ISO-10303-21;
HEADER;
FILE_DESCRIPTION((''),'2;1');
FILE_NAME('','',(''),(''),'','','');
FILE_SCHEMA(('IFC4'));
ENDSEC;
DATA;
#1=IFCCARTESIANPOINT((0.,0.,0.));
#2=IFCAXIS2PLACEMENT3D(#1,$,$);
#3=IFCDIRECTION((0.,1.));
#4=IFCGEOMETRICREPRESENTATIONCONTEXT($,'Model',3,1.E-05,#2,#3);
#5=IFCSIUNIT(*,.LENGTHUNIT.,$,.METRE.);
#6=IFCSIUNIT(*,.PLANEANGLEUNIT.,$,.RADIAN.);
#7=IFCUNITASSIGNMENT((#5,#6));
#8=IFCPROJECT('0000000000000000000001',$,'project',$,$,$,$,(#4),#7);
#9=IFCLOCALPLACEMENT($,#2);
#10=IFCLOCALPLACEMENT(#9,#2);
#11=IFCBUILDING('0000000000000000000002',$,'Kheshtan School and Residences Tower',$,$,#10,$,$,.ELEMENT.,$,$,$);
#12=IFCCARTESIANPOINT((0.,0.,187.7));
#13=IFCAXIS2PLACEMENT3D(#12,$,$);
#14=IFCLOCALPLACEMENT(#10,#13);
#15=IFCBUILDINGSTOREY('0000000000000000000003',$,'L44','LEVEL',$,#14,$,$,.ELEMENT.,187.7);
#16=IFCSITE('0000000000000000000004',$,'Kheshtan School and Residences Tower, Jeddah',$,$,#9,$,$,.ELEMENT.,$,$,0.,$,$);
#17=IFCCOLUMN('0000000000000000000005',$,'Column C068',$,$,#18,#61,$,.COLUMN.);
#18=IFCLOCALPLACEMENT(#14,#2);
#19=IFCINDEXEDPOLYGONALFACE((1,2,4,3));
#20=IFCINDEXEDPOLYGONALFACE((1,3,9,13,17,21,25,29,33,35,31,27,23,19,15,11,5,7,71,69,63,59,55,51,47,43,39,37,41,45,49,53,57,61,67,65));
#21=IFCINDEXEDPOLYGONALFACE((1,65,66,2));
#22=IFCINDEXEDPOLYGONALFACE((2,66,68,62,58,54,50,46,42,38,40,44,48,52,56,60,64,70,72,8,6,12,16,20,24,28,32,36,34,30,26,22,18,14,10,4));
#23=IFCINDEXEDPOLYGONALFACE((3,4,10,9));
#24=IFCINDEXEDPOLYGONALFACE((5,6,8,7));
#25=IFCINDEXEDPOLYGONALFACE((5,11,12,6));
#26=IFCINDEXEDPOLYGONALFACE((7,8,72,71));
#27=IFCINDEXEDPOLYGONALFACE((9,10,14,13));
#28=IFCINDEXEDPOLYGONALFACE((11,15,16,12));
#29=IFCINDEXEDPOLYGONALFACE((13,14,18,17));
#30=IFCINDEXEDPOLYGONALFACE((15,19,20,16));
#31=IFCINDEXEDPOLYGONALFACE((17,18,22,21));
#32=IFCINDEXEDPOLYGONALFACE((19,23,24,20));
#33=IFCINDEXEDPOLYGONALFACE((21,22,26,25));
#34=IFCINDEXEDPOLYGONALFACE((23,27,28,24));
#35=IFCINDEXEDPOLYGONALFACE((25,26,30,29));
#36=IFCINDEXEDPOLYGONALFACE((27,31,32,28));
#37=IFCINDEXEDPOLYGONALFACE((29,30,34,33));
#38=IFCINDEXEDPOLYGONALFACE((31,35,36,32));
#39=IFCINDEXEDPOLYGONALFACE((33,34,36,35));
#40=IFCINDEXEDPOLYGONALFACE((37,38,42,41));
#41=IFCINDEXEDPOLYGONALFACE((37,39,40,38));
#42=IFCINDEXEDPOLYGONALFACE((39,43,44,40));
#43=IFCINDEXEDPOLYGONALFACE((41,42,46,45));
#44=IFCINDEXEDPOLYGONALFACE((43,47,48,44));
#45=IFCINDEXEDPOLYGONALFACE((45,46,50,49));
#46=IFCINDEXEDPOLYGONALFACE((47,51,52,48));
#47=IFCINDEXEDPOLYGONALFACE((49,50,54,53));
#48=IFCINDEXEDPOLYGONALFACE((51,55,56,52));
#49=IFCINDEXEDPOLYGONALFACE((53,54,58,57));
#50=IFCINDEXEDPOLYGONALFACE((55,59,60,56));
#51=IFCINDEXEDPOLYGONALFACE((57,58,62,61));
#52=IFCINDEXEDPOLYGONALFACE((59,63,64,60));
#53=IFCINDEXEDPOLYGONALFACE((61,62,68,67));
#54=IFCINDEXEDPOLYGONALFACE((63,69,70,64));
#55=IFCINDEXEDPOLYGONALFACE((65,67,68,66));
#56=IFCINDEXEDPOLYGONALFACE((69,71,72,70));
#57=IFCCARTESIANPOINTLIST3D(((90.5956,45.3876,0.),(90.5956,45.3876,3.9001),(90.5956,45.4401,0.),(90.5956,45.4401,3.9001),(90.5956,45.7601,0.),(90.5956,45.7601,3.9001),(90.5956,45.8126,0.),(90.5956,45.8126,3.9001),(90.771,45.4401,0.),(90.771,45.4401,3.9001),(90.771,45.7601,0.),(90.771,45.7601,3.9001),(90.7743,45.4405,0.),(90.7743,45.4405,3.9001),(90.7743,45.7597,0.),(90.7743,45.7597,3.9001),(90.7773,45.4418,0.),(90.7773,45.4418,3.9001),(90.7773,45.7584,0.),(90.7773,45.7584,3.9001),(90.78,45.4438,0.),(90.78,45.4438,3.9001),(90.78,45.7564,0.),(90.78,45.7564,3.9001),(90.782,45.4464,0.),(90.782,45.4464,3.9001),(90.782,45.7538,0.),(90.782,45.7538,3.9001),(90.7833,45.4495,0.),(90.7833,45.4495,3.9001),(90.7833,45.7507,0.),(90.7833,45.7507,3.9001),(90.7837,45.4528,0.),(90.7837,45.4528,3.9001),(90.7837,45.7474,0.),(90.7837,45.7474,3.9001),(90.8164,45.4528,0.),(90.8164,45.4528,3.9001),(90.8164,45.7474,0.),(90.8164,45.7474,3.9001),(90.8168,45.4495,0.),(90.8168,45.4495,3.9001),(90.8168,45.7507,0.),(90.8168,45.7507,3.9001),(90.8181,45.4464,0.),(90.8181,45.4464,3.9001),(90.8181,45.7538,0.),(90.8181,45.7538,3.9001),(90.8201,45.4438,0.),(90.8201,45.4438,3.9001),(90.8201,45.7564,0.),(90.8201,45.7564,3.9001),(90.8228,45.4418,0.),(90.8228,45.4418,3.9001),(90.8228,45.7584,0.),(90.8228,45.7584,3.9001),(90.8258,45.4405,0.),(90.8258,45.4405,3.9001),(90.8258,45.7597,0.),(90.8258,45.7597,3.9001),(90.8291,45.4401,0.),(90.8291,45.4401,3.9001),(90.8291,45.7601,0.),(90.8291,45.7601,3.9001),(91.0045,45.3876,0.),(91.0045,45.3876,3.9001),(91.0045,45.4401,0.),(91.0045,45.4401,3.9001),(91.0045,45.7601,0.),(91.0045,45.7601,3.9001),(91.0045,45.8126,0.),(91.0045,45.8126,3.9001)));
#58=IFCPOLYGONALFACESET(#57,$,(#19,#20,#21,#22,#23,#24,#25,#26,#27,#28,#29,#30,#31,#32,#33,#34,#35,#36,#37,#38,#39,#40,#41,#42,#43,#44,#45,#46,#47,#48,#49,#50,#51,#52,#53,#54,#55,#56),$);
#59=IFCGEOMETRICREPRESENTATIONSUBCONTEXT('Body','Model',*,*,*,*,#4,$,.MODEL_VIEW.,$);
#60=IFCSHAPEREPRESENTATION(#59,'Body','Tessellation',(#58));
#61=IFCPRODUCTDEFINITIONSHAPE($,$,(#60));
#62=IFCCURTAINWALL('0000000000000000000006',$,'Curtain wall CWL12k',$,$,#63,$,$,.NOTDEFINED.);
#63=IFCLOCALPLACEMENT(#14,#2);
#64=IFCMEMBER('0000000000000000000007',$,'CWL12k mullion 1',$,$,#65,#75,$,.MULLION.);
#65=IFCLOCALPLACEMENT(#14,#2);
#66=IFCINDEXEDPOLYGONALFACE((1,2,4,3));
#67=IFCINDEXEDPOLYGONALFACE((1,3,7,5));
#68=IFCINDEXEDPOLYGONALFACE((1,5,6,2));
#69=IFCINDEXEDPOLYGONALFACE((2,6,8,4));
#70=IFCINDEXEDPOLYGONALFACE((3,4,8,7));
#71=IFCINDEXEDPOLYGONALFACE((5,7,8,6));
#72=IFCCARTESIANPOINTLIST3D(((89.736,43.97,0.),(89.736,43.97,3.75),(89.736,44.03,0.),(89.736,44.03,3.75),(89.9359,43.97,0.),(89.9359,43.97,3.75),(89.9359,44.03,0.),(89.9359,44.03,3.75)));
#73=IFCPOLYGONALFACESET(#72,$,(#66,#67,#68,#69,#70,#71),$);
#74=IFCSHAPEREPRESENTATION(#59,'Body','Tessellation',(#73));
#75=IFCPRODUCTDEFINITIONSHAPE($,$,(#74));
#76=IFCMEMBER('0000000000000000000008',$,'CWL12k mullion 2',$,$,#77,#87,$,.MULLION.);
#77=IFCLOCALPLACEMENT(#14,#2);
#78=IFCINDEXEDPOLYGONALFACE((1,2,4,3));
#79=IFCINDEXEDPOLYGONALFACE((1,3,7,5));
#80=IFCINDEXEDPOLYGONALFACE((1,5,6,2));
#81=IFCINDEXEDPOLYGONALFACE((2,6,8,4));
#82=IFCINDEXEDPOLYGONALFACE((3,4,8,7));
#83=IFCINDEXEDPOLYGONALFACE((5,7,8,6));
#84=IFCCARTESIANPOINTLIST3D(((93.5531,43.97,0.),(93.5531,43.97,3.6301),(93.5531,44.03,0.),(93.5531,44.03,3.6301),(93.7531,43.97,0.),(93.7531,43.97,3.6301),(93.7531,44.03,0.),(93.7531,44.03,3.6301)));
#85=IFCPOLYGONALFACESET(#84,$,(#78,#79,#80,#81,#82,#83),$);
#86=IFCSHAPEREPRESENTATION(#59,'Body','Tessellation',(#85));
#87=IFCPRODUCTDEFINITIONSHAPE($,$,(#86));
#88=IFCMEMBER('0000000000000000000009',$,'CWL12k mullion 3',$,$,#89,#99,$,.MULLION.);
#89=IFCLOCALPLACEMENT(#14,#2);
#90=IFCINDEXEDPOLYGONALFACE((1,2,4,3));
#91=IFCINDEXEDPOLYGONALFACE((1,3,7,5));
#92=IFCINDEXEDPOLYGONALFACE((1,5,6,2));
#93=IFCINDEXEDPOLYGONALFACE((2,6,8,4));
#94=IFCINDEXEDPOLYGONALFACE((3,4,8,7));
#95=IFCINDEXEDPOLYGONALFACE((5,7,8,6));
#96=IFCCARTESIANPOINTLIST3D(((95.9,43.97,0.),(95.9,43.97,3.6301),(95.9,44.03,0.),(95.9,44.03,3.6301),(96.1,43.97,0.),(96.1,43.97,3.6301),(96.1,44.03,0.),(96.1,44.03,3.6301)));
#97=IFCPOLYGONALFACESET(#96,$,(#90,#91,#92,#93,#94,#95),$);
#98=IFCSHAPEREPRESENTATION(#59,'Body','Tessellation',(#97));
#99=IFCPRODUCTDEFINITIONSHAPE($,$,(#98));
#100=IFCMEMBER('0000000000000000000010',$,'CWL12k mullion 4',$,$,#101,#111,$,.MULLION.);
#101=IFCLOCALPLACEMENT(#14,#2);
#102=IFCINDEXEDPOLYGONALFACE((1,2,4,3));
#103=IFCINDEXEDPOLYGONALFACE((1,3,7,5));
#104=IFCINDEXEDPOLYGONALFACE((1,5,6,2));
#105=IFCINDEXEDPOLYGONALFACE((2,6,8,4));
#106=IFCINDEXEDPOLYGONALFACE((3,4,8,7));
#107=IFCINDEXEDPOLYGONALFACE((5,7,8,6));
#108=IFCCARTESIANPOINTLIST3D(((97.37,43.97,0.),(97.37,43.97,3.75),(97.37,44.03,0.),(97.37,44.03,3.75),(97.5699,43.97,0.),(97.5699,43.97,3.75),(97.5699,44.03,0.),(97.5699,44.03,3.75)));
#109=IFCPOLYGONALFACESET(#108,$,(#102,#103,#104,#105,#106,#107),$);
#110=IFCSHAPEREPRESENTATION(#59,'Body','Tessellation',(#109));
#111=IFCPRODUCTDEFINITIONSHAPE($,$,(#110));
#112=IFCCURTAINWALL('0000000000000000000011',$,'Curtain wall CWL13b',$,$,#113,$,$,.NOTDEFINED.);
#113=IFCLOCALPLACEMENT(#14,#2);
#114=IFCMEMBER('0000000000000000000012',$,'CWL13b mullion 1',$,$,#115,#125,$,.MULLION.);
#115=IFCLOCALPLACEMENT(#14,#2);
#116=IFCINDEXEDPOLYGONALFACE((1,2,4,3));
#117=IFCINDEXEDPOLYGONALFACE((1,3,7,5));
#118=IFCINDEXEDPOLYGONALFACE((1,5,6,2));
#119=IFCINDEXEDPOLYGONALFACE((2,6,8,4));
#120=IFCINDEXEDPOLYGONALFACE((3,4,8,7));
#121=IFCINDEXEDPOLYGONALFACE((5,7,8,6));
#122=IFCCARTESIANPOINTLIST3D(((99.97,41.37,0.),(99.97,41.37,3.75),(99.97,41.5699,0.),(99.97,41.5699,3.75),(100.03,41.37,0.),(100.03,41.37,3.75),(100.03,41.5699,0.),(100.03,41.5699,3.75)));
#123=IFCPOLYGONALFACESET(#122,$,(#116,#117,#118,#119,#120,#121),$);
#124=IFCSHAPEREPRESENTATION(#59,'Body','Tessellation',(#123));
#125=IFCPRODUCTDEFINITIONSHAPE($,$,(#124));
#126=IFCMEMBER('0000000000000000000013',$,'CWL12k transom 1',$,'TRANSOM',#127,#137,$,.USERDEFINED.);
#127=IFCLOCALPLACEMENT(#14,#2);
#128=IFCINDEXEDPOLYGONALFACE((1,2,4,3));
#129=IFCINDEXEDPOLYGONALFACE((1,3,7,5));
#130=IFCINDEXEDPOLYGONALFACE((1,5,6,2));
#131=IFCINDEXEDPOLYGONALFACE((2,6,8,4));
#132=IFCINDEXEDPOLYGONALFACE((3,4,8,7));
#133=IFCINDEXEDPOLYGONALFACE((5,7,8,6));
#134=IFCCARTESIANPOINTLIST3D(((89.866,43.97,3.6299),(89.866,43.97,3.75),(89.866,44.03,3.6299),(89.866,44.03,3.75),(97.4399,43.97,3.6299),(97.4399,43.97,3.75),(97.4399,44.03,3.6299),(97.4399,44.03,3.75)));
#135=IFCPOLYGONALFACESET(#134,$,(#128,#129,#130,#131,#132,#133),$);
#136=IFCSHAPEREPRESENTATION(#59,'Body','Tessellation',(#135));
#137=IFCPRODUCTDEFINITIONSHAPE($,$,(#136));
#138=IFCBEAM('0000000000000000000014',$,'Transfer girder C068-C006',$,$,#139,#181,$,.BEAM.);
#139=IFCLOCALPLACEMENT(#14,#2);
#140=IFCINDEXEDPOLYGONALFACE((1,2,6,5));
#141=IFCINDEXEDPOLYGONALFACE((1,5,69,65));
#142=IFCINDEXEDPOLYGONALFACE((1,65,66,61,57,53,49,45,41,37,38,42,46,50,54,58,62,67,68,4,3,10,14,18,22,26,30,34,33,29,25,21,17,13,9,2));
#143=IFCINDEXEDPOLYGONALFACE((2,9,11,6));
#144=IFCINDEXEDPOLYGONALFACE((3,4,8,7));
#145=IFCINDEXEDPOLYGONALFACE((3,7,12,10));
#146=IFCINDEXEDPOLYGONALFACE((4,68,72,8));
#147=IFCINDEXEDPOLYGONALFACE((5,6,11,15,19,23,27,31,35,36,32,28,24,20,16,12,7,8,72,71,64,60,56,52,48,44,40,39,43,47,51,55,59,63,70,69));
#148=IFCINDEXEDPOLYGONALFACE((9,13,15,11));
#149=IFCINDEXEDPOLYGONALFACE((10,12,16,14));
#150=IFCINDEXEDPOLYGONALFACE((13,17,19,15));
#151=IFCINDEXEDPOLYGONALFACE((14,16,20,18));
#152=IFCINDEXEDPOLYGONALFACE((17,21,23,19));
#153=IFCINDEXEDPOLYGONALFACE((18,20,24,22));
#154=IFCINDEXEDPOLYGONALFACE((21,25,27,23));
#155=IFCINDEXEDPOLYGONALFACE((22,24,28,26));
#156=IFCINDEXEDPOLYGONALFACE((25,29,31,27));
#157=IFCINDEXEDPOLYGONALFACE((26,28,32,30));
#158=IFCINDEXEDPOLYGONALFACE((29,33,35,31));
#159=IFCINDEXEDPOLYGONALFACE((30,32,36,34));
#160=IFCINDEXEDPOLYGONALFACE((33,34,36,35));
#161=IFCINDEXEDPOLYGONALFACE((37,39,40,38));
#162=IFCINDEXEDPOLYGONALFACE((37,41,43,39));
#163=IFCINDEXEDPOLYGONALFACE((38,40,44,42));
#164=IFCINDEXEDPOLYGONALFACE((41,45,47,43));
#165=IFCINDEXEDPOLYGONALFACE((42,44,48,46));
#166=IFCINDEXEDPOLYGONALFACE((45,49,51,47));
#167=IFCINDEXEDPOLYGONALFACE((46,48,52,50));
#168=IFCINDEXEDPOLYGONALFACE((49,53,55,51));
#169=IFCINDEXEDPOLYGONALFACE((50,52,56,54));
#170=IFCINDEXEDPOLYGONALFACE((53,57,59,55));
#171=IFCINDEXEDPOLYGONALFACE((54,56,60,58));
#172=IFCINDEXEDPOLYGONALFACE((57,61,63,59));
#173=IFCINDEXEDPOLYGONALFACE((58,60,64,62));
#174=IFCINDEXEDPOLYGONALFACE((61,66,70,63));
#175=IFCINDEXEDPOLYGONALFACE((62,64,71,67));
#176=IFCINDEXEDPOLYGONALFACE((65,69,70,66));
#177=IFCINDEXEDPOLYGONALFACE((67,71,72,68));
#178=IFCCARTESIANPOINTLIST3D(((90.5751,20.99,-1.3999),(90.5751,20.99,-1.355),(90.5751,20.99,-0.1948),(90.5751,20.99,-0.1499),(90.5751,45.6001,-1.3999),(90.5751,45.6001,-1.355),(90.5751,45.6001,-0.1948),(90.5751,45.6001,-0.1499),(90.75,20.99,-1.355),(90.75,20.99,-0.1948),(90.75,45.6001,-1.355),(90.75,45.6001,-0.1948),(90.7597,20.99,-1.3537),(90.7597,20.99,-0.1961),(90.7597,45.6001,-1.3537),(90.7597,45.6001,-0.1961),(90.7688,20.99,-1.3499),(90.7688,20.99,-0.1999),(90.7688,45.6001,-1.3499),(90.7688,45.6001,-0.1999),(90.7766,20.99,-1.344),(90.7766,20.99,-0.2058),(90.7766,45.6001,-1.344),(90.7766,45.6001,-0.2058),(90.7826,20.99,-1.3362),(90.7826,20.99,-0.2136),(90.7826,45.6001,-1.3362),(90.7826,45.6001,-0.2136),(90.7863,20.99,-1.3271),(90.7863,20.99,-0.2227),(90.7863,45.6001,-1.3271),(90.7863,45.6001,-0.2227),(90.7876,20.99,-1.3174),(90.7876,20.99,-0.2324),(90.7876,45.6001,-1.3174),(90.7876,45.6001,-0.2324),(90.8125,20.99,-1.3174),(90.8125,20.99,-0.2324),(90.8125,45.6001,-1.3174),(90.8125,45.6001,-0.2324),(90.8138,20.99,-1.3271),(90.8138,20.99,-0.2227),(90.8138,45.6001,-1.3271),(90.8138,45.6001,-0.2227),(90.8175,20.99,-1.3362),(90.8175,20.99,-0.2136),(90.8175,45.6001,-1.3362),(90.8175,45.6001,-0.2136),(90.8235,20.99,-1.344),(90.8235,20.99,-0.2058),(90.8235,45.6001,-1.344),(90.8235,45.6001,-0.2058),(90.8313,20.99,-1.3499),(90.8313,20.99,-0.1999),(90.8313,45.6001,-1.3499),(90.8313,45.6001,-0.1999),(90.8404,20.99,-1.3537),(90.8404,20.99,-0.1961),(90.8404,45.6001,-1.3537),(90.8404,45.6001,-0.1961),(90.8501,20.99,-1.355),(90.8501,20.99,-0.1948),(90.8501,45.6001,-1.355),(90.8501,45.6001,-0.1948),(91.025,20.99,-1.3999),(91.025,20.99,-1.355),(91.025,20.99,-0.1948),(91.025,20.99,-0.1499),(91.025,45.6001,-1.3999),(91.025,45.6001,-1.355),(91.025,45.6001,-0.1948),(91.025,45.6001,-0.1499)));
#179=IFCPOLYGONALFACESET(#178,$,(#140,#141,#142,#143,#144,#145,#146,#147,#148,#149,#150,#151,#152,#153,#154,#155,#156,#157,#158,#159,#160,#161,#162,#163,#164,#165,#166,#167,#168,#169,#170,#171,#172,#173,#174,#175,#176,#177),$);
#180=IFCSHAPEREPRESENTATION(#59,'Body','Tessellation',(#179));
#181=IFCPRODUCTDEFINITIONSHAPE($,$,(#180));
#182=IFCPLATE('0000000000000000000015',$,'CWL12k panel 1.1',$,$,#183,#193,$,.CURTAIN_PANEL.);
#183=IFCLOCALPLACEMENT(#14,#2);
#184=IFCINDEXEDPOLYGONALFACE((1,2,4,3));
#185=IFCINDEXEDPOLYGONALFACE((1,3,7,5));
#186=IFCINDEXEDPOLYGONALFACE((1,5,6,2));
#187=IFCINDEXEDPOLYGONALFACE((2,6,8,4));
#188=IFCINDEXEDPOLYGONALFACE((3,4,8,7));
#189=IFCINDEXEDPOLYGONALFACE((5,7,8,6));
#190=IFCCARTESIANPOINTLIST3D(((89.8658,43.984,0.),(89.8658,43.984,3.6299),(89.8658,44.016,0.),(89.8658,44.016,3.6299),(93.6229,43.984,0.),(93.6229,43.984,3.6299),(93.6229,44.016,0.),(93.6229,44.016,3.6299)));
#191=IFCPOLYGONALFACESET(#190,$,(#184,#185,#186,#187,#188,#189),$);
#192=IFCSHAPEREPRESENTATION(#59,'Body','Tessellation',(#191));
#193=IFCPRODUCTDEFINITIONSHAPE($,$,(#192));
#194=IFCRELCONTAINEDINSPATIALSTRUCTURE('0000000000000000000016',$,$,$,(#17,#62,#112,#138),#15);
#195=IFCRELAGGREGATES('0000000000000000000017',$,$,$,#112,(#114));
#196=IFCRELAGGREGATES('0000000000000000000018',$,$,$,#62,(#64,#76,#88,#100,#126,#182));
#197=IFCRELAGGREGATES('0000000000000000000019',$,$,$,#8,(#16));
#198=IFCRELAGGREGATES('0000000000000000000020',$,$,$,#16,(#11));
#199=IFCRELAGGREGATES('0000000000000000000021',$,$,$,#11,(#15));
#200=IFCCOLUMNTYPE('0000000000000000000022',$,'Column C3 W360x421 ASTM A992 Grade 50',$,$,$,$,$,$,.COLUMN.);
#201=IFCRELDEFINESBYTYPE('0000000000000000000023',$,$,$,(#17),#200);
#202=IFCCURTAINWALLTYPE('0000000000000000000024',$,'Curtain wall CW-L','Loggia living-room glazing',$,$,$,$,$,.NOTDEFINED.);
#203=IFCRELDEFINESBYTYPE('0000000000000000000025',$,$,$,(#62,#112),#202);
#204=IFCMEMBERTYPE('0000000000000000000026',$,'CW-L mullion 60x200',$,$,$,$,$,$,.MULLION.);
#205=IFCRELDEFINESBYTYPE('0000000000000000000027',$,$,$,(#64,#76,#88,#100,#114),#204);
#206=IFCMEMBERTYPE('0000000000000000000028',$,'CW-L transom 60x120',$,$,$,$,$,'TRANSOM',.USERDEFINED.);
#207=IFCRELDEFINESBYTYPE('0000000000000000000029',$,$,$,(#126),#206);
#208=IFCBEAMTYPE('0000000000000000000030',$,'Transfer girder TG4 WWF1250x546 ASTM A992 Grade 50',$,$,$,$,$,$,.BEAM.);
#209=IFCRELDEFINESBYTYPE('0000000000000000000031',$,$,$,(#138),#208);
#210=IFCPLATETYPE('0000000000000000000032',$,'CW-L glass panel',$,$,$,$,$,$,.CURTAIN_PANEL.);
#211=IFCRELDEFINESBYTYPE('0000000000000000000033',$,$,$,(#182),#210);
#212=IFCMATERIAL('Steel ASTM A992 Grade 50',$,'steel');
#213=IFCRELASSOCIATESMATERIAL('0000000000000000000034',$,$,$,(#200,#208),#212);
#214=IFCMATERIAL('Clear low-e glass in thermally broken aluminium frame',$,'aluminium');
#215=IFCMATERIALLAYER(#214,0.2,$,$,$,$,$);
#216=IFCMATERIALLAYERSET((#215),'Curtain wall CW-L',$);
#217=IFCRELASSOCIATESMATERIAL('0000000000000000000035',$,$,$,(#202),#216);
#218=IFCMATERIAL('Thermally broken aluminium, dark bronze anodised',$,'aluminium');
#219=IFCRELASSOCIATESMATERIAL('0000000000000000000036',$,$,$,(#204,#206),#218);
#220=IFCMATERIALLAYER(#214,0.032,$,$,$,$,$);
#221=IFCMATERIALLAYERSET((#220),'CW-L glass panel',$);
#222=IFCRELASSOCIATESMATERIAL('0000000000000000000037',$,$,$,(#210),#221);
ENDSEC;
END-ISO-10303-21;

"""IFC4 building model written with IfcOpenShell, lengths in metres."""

from ifc_helpers import new_model, si_unit, direction, frame, origin, origin_2d, place, context, subcontext, project, spatial, rectangle, i_section, extrude, material, layer, layer_set, material_profile, profile_set, type_object, element, aggregate, save


model = new_model("IFC4")

# Units and contexts
model_context = context("Model", 3, precision=1e-05, world=origin(), true_north=direction((0.0, 1.0)))
body_context = subcontext(model_context, "Body", "Model", "MODEL_VIEW")
ifc_project = project(units=[si_unit("LENGTHUNIT", "METRE"), si_unit("PLANEANGLEUNIT", "RADIAN")], contexts=[model_context])

# Site, building, storey
site_placement = place(None, origin())
site = spatial("IfcSite", under=ifc_project, at=site_placement, Name="Kheshtan School and Residences Tower, Jeddah", CompositionType="ELEMENT", RefElevation=0.0)
building_placement = place(site_placement, origin())
building = spatial("IfcBuilding", under=site, at=building_placement, Name="Kheshtan School and Residences Tower", CompositionType="ELEMENT")
storey_placement = place(building_placement, frame((0.0, 0.0, 187.7)))
storey = spatial("IfcBuildingStorey", under=building, at=storey_placement, Name="L44", Description="LEVEL", CompositionType="ELEMENT", Elevation=187.7)

# Column
ifc_material_1 = material(Name="Steel ASTM A992 Grade 50", Category="steel")
ifc_material_profile_1 = material_profile(ifc_material_1, i_section(OverallWidth=0.4089, OverallDepth=0.425, WebThickness=0.0327, FlangeThickness=0.0525, FilletRadius=0.0127, at=origin_2d()), Name="W360x421")
ifc_profile_set_1 = profile_set([ifc_material_profile_1], Name="Steel ASTM A992 Grade 50")
column_type = type_object("IfcColumnType", Name="Column C3 W360x421 ASTM A992 Grade 50", PredefinedType="COLUMN", material=ifc_profile_set_1)
column_placement = place(storey_placement, frame((90.8, 45.6001, 0.0), z_axis=(0.0, 0.0, 1.0), x_axis=(1.0, 0.0, 0.0)))
element("IfcColumn", 1, at=column_placement, inside=storey, type_object=column_type, Name="Column C068", PredefinedType="COLUMN", context=body_context, shape_type="SweptSolid", body=[
    extrude(i_section(OverallWidth=0.4089, OverallDepth=0.425, WebThickness=0.0327, FlangeThickness=0.0525, FilletRadius=0.0127, at=origin_2d()), origin(), (0.0, 0.0, 1.0), 3.9001),
])

# Curtain wall, members
ifc_material_2 = material(Name="Clear low-e glass in thermally broken aluminium frame", Category="aluminium")
ifc_layer_1 = layer(ifc_material_2, 0.2)
ifc_layer_set_1 = layer_set([ifc_layer_1], Name="Curtain wall CW-L")
curtain_wall_type = type_object("IfcCurtainWallType", Name="Curtain wall CW-L", Description="Loggia living-room glazing", PredefinedType="NOTDEFINED", material=ifc_layer_set_1)
curtain_wall_1_placement = place(storey_placement, origin())
curtain_wall_1 = element("IfcCurtainWall", 2, at=curtain_wall_1_placement, inside=storey, type_object=curtain_wall_type, Name="Curtain wall CWL12k", PredefinedType="NOTDEFINED")
ifc_material_3 = material(Name="Thermally broken aluminium, dark bronze anodised", Category="aluminium")
ifc_material_profile_2 = material_profile(ifc_material_3, rectangle(XDim=0.0601, YDim=0.2, at=origin_2d()), Name="CW-L mullion 60x200")
ifc_profile_set_2 = profile_set([ifc_material_profile_2], Name="Thermally broken aluminium, dark bronze anodised")
member_type_1 = type_object("IfcMemberType", Name="CW-L mullion 60x200", PredefinedType="MULLION", material=ifc_profile_set_2)
member_1_placement = place(storey_placement, frame((89.8359, 44.0, 0.0), z_axis=(0.0, 0.0, 1.0), x_axis=(0.0, 1.0, 0.0)))
member_1 = element("IfcMember", 3, at=member_1_placement, type_object=member_type_1, Name="CWL12k mullion 1", PredefinedType="MULLION", context=body_context, shape_type="SweptSolid", body=[
    extrude(rectangle(XDim=0.0601, YDim=0.2, at=origin_2d()), origin(), (0.0, 0.0, 1.0), 3.75),
])
member_2_placement = place(storey_placement, frame((93.6531, 44.0, 0.0), z_axis=(0.0, 0.0, 1.0), x_axis=(0.0, 1.0, 0.0)))
member_2 = element("IfcMember", 4, at=member_2_placement, type_object=member_type_1, Name="CWL12k mullion 2", PredefinedType="MULLION", context=body_context, shape_type="SweptSolid", body=[
    extrude(rectangle(XDim=0.0601, YDim=0.2, at=origin_2d()), origin(), (0.0, 0.0, 1.0), 3.6301),
])
member_3_placement = place(storey_placement, frame((96.0, 44.0, 0.0), z_axis=(0.0, 0.0, 1.0), x_axis=(0.0, 1.0, 0.0)))
member_3 = element("IfcMember", 5, at=member_3_placement, type_object=member_type_1, Name="CWL12k mullion 3", PredefinedType="MULLION", context=body_context, shape_type="SweptSolid", body=[
    extrude(rectangle(XDim=0.0601, YDim=0.2, at=origin_2d()), origin(), (0.0, 0.0, 1.0), 3.6301),
])
member_4_placement = place(storey_placement, frame((97.47, 44.0, 0.0), z_axis=(0.0, 0.0, 1.0), x_axis=(0.0, 1.0, 0.0)))
member_4 = element("IfcMember", 6, at=member_4_placement, type_object=member_type_1, Name="CWL12k mullion 4", PredefinedType="MULLION", context=body_context, shape_type="SweptSolid", body=[
    extrude(rectangle(XDim=0.0601, YDim=0.2, at=origin_2d()), origin(), (0.0, 0.0, 1.0), 3.75),
])

# Curtain wall, member
curtain_wall_2_placement = place(storey_placement, origin())
curtain_wall_2 = element("IfcCurtainWall", 7, at=curtain_wall_2_placement, inside=storey, type_object=curtain_wall_type, Name="Curtain wall CWL13b", PredefinedType="NOTDEFINED")
member_5_placement = place(storey_placement, frame((100.0, 41.47, 0.0), z_axis=(0.0, 0.0, 1.0), x_axis=(1.0, 0.0, 0.0)))
member_5 = element("IfcMember", 8, at=member_5_placement, type_object=member_type_1, Name="CWL13b mullion 1", PredefinedType="MULLION", context=body_context, shape_type="SweptSolid", body=[
    extrude(rectangle(XDim=0.0601, YDim=0.2, at=origin_2d()), origin(), (0.0, 0.0, 1.0), 3.75),
])
aggregate(curtain_wall_2, [member_5])

# Member
ifc_material_profile_3 = material_profile(ifc_material_3, rectangle(XDim=0.0601, YDim=0.1201, at=origin_2d()), Name="CW-L transom 60x120")
ifc_profile_set_3 = profile_set([ifc_material_profile_3], Name="Thermally broken aluminium, dark bronze anodised")
member_type_2 = type_object("IfcMemberType", Name="CW-L transom 60x120", ElementType="TRANSOM", PredefinedType="USERDEFINED", material=ifc_profile_set_3)
member_6_placement = place(storey_placement, frame((89.866, 44.0, 3.6899), z_axis=(1.0, 0.0, 0.0), x_axis=(0.0, 1.0, 0.0)))
member_6 = element("IfcMember", 9, at=member_6_placement, type_object=member_type_2, Name="CWL12k transom 1", ObjectType="TRANSOM", PredefinedType="USERDEFINED", context=body_context, shape_type="SweptSolid", body=[
    extrude(rectangle(XDim=0.0601, YDim=0.1201, at=origin_2d()), origin(), (0.0, 0.0, 1.0), 7.574),
])

# Beam
ifc_material_profile_4 = material_profile(ifc_material_1, i_section(OverallWidth=0.45, OverallDepth=1.25, WebThickness=0.0249, FlangeThickness=0.0449, FilletRadius=0.0376, at=origin_2d()), Name="WWF1250x546")
ifc_profile_set_4 = profile_set([ifc_material_profile_4], Name="Steel ASTM A992 Grade 50")
beam_type = type_object("IfcBeamType", Name="Transfer girder TG4 WWF1250x546 ASTM A992 Grade 50", PredefinedType="BEAM", material=ifc_profile_set_4)
beam_placement = place(storey_placement, frame((90.8, 45.6001, -0.7749), z_axis=(0.0, -1.0, 0.0), x_axis=(1.0, 0.0, 0.0)))
element("IfcBeam", 10, at=beam_placement, inside=storey, type_object=beam_type, Name="Transfer girder C068-C006", PredefinedType="BEAM", context=body_context, shape_type="SweptSolid", body=[
    extrude(i_section(OverallWidth=0.45, OverallDepth=1.25, WebThickness=0.0249, FlangeThickness=0.0449, FilletRadius=0.0376, at=origin_2d()), origin(), (0.0, 0.0, 1.0), 24.6101),
])

# Plate
ifc_layer_2 = layer(ifc_material_2, 0.032)
ifc_layer_set_2 = layer_set([ifc_layer_2], Name="CW-L glass panel")
plate_type = type_object("IfcPlateType", Name="CW-L glass panel", PredefinedType="CURTAIN_PANEL", material=ifc_layer_set_2)
plate_1_placement = place(storey_placement, frame((91.7444, 44.0, 0.0), z_axis=(0.0, 0.0, 1.0), x_axis=(1.0, 0.0, 0.0)))
plate_1 = element("IfcPlate", 11, at=plate_1_placement, type_object=plate_type, Name="CWL12k panel 1.1", PredefinedType="CURTAIN_PANEL", context=body_context, shape_type="SweptSolid", body=[
    extrude(rectangle(XDim=3.7571, YDim=0.032, at=origin_2d()), origin(), (0.0, 0.0, 1.0), 3.6299),
])
aggregate(curtain_wall_1, [member_1, member_2, member_3, member_4, member_6, plate_1])

save(model, "model.ifc")
